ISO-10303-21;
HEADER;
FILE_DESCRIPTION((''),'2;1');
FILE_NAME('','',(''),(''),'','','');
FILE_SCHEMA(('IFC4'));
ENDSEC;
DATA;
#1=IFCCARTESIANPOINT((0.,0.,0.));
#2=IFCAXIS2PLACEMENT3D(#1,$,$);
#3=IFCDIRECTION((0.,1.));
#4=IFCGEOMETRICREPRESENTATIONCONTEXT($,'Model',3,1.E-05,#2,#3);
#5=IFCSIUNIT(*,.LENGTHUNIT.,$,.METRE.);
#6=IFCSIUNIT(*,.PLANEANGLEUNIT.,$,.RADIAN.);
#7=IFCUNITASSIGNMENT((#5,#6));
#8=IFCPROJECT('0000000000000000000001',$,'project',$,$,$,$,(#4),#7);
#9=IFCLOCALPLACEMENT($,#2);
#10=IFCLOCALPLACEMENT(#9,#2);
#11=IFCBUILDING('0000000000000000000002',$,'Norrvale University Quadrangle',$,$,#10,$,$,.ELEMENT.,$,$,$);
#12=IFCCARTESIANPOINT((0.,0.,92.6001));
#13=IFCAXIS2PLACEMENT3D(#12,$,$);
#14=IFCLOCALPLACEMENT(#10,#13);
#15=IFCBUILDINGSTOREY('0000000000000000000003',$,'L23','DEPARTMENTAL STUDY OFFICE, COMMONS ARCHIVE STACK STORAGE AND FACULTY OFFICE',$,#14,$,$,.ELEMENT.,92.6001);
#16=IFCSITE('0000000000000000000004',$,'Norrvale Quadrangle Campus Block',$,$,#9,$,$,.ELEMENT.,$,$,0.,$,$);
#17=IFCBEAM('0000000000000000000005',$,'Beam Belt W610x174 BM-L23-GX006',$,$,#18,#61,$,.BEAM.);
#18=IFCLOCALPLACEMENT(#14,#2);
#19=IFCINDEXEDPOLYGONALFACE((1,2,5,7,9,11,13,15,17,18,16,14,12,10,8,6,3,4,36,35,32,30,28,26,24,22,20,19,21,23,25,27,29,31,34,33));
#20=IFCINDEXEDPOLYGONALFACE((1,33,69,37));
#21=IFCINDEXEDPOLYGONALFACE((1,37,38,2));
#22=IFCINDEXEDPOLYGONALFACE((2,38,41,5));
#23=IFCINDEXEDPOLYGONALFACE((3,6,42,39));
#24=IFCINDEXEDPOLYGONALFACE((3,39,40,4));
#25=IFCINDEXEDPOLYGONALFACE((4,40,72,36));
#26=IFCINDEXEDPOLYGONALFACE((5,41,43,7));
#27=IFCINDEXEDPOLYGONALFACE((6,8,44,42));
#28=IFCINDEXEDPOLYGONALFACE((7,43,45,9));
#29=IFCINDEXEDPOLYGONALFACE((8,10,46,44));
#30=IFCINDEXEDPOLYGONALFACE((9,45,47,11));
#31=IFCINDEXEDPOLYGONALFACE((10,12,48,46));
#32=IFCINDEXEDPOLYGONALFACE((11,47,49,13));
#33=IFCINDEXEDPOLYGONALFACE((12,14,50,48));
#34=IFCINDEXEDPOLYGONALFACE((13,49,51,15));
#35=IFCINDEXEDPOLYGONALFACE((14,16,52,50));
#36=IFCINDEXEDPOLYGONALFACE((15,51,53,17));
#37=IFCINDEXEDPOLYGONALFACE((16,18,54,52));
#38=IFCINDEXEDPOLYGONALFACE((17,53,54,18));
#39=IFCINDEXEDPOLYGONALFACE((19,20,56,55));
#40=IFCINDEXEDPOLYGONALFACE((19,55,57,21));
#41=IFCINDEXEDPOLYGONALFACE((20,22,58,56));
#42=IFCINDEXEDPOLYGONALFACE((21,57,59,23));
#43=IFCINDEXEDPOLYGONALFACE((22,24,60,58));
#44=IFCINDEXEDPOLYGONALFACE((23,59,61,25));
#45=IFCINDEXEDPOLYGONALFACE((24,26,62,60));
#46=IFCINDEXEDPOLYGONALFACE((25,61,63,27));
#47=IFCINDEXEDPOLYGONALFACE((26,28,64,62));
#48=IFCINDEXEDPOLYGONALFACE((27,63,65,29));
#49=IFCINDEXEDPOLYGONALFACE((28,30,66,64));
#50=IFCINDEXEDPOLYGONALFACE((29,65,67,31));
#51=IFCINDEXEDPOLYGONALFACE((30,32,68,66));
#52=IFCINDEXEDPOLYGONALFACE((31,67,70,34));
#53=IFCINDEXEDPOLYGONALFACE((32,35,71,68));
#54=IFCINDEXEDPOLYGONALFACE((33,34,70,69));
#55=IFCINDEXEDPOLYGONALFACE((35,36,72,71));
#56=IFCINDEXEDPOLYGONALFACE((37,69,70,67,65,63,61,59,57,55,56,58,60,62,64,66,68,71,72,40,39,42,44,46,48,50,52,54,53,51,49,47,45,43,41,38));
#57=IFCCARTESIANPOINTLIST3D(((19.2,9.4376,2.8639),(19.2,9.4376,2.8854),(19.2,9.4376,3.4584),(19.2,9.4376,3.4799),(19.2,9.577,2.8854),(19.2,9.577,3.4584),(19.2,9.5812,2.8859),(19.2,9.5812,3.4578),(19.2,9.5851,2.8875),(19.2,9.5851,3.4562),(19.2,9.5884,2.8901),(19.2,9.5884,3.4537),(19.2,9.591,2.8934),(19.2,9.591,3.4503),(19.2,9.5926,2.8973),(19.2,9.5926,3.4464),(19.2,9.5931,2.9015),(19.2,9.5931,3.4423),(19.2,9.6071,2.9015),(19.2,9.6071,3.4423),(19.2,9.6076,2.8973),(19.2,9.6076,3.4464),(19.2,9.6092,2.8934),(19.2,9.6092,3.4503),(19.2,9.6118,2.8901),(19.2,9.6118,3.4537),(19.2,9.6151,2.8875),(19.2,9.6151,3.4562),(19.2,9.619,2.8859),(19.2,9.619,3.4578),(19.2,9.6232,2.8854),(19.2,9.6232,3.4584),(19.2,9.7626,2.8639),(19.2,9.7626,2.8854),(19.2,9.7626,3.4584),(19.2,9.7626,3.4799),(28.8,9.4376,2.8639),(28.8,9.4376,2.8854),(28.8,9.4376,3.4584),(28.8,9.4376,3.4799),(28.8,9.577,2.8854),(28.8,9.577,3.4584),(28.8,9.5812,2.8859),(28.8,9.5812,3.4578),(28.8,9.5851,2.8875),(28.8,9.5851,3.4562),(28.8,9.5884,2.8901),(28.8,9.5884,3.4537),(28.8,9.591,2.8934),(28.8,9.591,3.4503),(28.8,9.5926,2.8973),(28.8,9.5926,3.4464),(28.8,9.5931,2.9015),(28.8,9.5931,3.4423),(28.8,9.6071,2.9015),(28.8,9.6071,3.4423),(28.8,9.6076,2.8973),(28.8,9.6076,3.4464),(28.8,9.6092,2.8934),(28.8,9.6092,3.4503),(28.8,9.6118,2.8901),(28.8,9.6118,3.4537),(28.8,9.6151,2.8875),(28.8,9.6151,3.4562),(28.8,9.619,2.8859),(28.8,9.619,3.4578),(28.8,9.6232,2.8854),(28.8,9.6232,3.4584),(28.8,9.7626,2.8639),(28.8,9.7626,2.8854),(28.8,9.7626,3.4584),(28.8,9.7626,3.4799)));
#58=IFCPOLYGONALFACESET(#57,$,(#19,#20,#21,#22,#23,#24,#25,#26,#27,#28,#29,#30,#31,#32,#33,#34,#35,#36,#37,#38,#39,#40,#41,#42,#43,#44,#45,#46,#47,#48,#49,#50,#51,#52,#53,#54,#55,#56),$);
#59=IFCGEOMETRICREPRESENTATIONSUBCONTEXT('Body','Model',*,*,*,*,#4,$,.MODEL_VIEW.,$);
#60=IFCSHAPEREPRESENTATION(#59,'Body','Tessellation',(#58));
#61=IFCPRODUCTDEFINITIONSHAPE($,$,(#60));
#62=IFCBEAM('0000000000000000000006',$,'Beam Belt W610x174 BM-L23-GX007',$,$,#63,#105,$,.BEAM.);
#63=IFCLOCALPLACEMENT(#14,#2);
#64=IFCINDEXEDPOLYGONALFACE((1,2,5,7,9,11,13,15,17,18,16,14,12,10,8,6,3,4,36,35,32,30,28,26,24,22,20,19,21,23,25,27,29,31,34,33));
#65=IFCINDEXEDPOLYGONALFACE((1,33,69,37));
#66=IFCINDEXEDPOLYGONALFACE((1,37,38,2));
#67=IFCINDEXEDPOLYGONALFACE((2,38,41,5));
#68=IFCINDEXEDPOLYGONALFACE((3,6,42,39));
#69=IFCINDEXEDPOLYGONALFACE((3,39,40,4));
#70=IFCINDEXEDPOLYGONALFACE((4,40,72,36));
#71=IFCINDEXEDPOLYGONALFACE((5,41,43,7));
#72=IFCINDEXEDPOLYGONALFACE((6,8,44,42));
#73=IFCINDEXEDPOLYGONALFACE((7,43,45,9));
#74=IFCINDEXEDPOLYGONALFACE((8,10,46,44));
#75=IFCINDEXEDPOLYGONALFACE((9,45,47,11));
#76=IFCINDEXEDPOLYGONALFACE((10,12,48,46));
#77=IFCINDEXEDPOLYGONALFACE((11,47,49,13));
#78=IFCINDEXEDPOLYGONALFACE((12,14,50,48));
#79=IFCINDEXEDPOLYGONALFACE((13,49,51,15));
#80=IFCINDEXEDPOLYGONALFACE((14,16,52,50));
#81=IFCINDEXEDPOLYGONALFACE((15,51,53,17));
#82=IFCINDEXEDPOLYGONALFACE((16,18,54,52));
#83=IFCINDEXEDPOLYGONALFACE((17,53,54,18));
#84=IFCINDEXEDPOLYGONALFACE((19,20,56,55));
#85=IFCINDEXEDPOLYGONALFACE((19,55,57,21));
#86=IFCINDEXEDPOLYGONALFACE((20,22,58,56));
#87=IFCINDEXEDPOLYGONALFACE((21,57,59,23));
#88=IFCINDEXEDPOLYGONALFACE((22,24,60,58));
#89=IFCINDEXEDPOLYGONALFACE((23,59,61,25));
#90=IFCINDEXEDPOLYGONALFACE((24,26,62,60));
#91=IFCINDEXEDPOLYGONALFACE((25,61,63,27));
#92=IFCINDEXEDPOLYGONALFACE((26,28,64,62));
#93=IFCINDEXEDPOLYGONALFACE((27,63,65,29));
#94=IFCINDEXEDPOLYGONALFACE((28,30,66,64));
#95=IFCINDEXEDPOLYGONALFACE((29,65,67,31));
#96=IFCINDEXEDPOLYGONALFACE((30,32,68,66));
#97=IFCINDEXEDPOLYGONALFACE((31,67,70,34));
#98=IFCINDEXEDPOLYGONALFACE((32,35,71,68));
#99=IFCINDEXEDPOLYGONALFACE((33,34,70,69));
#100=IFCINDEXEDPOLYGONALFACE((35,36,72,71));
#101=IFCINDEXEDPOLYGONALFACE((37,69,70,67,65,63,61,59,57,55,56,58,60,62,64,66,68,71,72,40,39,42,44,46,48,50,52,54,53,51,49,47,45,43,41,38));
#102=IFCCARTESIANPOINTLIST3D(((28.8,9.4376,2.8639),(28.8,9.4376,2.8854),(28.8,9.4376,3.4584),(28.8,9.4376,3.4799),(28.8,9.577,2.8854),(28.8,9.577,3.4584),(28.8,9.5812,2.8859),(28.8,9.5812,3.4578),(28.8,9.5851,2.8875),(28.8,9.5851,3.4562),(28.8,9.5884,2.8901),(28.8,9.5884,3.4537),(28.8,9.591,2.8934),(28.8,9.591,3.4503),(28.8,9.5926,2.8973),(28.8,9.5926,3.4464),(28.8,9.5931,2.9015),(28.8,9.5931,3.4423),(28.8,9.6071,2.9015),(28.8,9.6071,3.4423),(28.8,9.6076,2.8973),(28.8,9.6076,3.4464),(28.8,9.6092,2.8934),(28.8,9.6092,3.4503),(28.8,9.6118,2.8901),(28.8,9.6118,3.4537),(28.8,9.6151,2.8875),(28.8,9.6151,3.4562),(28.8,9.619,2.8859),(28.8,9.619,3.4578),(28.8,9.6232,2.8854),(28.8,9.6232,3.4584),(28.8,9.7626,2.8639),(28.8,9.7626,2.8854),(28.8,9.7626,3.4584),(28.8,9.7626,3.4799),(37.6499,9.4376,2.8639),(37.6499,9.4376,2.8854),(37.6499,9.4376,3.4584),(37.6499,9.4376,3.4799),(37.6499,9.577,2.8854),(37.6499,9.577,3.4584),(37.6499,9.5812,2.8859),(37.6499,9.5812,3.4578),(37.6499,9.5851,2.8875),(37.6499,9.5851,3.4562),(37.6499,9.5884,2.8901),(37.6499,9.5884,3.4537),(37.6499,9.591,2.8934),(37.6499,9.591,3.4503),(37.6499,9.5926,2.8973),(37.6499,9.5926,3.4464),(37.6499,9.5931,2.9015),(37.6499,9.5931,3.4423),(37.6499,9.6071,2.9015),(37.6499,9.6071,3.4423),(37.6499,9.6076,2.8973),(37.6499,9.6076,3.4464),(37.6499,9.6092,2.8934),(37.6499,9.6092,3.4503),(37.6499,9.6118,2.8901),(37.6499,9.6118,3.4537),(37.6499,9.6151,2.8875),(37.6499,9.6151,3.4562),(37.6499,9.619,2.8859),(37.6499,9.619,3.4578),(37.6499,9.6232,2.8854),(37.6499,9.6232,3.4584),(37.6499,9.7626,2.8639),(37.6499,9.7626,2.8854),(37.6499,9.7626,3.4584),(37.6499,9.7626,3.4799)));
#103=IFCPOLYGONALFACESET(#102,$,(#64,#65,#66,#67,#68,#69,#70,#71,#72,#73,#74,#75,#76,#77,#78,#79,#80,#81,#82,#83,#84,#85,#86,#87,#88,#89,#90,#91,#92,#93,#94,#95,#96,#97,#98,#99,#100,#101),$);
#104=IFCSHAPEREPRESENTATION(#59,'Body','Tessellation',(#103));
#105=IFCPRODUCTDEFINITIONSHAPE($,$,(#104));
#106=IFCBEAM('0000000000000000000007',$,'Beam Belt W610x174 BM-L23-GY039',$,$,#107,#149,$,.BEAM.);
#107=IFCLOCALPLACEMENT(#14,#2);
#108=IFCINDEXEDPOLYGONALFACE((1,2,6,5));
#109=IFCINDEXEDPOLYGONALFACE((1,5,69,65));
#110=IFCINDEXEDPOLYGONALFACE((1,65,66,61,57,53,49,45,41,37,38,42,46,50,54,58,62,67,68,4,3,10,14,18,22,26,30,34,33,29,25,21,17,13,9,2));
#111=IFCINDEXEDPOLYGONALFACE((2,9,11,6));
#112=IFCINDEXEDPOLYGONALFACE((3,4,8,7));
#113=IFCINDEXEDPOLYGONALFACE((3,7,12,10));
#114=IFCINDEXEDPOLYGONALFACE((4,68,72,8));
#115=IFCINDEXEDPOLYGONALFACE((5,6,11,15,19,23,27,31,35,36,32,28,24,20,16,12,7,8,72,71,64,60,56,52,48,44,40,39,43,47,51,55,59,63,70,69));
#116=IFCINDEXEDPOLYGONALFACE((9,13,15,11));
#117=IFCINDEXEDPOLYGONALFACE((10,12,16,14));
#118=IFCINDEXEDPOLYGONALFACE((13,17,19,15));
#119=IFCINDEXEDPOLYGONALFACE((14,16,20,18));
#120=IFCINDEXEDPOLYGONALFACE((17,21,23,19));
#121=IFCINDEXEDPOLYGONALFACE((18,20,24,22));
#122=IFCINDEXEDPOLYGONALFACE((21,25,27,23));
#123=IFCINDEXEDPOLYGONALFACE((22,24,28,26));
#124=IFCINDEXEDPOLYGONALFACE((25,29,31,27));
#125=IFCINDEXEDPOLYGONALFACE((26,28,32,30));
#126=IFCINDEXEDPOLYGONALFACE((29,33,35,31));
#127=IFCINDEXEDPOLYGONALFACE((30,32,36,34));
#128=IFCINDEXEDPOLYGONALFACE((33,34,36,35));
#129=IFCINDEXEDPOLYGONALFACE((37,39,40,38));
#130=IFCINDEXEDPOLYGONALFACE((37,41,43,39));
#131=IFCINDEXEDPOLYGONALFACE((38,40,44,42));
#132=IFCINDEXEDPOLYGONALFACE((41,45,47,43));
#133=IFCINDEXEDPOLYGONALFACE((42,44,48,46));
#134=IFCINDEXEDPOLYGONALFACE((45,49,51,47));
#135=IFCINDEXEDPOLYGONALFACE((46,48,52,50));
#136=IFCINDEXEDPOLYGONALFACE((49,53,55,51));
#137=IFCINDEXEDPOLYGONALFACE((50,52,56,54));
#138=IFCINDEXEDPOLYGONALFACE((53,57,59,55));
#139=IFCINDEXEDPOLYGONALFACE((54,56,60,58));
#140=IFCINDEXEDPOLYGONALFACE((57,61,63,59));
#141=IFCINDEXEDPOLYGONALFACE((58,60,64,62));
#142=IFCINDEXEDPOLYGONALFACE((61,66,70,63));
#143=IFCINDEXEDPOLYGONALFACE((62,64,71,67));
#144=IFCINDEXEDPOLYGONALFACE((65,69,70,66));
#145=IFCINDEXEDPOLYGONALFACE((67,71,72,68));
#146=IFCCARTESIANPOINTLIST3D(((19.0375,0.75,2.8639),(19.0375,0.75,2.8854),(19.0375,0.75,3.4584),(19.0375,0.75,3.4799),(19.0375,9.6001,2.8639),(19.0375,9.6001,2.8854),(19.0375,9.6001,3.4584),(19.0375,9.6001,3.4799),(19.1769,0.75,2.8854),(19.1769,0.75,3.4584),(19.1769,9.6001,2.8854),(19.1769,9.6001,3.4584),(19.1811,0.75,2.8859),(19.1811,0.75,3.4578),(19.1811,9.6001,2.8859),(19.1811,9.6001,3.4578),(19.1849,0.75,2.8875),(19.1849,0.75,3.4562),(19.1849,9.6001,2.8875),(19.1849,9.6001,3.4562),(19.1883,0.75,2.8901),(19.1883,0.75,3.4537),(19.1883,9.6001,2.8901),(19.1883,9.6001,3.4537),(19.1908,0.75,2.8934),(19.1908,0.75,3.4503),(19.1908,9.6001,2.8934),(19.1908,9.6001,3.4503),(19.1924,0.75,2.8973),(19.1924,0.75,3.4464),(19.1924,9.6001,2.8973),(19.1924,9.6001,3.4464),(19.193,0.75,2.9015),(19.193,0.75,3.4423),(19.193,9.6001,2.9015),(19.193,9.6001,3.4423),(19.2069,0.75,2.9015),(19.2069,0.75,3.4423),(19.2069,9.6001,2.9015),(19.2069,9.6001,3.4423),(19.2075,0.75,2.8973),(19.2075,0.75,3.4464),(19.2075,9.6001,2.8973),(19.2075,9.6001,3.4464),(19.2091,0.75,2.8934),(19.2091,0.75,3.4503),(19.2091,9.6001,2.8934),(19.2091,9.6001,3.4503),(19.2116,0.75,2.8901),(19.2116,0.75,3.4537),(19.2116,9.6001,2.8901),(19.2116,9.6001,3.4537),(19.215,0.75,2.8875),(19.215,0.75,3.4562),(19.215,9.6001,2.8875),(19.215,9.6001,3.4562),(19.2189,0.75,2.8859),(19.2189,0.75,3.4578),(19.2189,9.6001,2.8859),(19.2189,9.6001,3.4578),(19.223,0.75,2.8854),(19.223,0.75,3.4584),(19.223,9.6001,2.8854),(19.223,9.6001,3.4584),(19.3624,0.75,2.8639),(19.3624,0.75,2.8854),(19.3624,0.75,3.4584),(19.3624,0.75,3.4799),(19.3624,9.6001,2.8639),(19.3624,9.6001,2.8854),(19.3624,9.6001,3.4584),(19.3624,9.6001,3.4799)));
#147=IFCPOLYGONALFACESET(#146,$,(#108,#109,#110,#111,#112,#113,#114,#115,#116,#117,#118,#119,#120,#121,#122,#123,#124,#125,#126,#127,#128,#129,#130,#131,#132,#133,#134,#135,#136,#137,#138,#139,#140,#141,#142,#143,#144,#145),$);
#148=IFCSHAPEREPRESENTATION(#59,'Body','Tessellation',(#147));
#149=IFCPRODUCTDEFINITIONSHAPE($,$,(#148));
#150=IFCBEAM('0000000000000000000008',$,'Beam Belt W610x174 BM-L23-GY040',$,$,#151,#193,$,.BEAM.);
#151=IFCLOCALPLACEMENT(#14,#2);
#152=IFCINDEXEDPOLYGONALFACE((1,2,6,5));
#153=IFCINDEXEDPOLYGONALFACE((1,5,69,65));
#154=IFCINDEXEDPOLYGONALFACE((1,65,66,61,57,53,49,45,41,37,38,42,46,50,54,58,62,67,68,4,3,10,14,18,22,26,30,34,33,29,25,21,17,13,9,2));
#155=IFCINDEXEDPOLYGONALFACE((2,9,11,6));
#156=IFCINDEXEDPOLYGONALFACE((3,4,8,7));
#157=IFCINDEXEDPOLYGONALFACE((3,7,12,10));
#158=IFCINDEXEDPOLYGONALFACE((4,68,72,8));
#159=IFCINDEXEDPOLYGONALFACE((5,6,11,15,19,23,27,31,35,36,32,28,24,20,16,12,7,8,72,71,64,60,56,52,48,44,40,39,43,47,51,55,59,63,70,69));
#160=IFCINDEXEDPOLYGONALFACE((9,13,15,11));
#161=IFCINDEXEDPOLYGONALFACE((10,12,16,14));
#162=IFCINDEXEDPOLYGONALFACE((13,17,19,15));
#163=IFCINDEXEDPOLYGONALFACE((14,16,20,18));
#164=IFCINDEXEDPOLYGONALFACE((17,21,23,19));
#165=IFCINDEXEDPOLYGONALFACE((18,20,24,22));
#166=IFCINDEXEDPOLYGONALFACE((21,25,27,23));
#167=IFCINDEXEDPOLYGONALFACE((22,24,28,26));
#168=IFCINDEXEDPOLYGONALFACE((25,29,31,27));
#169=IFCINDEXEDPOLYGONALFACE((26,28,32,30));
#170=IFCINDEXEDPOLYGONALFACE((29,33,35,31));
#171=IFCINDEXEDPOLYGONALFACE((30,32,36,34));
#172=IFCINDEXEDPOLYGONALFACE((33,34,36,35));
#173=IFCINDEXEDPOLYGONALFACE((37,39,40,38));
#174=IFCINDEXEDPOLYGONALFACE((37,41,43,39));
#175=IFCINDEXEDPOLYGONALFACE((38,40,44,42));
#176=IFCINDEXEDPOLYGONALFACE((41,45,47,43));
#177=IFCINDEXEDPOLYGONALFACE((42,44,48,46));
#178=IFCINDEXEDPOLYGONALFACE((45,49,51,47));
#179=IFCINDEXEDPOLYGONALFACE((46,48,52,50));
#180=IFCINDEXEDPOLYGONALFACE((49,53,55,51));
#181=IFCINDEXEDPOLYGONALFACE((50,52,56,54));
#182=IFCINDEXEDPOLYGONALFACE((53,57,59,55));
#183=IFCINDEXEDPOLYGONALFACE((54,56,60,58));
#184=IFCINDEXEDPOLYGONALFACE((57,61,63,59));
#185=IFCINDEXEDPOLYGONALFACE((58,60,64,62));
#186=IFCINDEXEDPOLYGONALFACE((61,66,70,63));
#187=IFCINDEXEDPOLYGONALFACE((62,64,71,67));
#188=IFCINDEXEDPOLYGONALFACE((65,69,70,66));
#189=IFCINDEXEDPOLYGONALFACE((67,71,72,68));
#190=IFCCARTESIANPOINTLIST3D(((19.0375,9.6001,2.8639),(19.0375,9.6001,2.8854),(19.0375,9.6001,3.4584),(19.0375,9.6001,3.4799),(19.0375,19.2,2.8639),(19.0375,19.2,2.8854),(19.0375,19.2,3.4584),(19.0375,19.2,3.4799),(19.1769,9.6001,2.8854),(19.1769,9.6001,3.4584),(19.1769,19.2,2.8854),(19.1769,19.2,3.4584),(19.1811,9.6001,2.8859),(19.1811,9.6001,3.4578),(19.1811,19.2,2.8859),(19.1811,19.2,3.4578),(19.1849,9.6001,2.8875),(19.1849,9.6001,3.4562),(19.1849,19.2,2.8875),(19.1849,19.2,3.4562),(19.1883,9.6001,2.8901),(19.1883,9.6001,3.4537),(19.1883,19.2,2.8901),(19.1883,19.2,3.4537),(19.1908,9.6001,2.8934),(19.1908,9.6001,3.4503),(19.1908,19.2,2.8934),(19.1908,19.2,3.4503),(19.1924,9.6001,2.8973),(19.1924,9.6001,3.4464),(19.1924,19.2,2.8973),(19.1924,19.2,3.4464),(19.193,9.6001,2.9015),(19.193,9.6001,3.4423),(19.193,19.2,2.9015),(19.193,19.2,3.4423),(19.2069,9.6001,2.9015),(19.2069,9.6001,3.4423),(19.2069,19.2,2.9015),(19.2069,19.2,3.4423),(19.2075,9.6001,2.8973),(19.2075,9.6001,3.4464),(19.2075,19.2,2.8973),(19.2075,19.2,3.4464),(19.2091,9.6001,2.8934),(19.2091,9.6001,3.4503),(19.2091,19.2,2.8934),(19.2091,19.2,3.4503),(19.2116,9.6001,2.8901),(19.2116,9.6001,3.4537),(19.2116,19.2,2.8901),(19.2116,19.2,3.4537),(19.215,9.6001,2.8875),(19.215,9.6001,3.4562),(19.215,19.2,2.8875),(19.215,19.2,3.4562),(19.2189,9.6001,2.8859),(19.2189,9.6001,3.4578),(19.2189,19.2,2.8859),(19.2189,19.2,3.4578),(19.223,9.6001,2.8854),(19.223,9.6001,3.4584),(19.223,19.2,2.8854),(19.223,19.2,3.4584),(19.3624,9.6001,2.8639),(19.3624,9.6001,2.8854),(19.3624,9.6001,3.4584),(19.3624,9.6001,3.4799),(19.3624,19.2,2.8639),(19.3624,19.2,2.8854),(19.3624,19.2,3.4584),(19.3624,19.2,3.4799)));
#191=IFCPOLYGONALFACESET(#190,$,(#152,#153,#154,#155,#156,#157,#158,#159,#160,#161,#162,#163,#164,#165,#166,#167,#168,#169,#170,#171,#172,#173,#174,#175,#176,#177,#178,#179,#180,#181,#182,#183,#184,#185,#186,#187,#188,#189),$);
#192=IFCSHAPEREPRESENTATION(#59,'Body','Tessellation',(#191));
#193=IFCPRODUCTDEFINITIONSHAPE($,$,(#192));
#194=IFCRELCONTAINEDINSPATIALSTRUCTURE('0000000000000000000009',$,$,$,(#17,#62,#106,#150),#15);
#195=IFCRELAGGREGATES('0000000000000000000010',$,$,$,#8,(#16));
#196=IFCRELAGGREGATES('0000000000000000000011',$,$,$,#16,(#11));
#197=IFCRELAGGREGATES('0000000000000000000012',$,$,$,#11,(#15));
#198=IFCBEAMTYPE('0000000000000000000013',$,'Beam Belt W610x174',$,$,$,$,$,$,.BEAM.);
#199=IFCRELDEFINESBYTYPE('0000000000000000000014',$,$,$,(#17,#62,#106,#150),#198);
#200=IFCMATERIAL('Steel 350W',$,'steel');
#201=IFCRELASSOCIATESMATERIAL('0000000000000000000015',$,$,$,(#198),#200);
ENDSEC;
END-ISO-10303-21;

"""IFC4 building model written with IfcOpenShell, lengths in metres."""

from ifc_helpers import new_model, si_unit, direction, frame, origin, origin_2d, place, context, subcontext, project, spatial, i_section, extrude, material, material_profile, profile_set, type_object, element, save


model = new_model("IFC4")

# Units and contexts
model_context = context("Model", 3, precision=1e-05, world=origin(), true_north=direction((0.0, 1.0)))
body_context = subcontext(model_context, "Body", "Model", "MODEL_VIEW")
ifc_project = project(units=[si_unit("LENGTHUNIT", "METRE"), si_unit("PLANEANGLEUNIT", "RADIAN")], contexts=[model_context])

# Site, building, storey
site_placement = place(None, origin())
site = spatial("IfcSite", under=ifc_project, at=site_placement, Name="Norrvale Quadrangle Campus Block", CompositionType="ELEMENT", RefElevation=0.0)
building_placement = place(site_placement, origin())
building = spatial("IfcBuilding", under=site, at=building_placement, Name="Norrvale University Quadrangle", CompositionType="ELEMENT")
storey_placement = place(building_placement, frame((0.0, 0.0, 92.6001)))
storey = spatial("IfcBuildingStorey", under=building, at=storey_placement, Name="L23", Description="DEPARTMENTAL STUDY OFFICE, COMMONS ARCHIVE STACK STORAGE AND FACULTY OFFICE", CompositionType="ELEMENT", Elevation=92.6001)

# Beams
ifc_material_1 = material(Name="Steel 350W", Category="steel")
ifc_material_profile_1 = material_profile(ifc_material_1, i_section(OverallWidth=0.325, OverallDepth=0.616, WebThickness=0.0139, FlangeThickness=0.0215, FilletRadius=0.0161, at=origin_2d()), Name="Steel 350W")
ifc_profile_set_1 = profile_set([ifc_material_profile_1], Name="Steel 350W")
beam_type_1 = type_object("IfcBeamType", Name="Beam Belt W610x174", PredefinedType="BEAM", material=ifc_profile_set_1)
beam_1_placement = place(storey_placement, frame((19.2, 9.6001, 3.1719), z_axis=(1.0, 0.0, 0.0), x_axis=(0.0, 1.0, 0.0)))
element("IfcBeam", 1, at=beam_1_placement, inside=storey, type_object=beam_type_1, Name="Beam Belt W610x174 BM-L23-GX006", PredefinedType="BEAM", context=body_context, shape_type="SweptSolid", body=[
    extrude(i_section(OverallWidth=0.325, OverallDepth=0.616, WebThickness=0.0139, FlangeThickness=0.0215, FilletRadius=0.0161, at=origin_2d()), origin(), (0.0, 0.0, 1.0), 9.6001),
])
beam_2_placement = place(storey_placement, frame((28.8, 9.6001, 3.1719), z_axis=(1.0, 0.0, 0.0), x_axis=(0.0, 1.0, 0.0)))
element("IfcBeam", 2, at=beam_2_placement, inside=storey, type_object=beam_type_1, Name="Beam Belt W610x174 BM-L23-GX007", PredefinedType="BEAM", context=body_context, shape_type="SweptSolid", body=[
    extrude(i_section(OverallWidth=0.325, OverallDepth=0.616, WebThickness=0.0139, FlangeThickness=0.0215, FilletRadius=0.0161, at=origin_2d()), origin(), (0.0, 0.0, 1.0), 8.8499),
])
beam_3_placement = place(storey_placement, frame((19.2, 0.75, 3.1719), z_axis=(0.0, 1.0, 0.0), x_axis=(-1.0, 0.0, 0.0)))
element("IfcBeam", 3, at=beam_3_placement, inside=storey, type_object=beam_type_1, Name="Beam Belt W610x174 BM-L23-GY039", PredefinedType="BEAM", context=body_context, shape_type="SweptSolid", body=[
    extrude(i_section(OverallWidth=0.325, OverallDepth=0.616, WebThickness=0.0139, FlangeThickness=0.0215, FilletRadius=0.0161, at=origin_2d()), origin(), (0.0, 0.0, 1.0), 8.8501),
])
beam_4_placement = place(storey_placement, frame((19.2, 9.6001, 3.1719), z_axis=(0.0, 1.0, 0.0), x_axis=(-1.0, 0.0, 0.0)))
element("IfcBeam", 4, at=beam_4_placement, inside=storey, type_object=beam_type_1, Name="Beam Belt W610x174 BM-L23-GY040", PredefinedType="BEAM", context=body_context, shape_type="SweptSolid", body=[
    extrude(i_section(OverallWidth=0.325, OverallDepth=0.616, WebThickness=0.0139, FlangeThickness=0.0215, FilletRadius=0.0161, at=origin_2d()), origin(), (0.0, 0.0, 1.0), 9.5999),
])

save(model, "model.ifc")
